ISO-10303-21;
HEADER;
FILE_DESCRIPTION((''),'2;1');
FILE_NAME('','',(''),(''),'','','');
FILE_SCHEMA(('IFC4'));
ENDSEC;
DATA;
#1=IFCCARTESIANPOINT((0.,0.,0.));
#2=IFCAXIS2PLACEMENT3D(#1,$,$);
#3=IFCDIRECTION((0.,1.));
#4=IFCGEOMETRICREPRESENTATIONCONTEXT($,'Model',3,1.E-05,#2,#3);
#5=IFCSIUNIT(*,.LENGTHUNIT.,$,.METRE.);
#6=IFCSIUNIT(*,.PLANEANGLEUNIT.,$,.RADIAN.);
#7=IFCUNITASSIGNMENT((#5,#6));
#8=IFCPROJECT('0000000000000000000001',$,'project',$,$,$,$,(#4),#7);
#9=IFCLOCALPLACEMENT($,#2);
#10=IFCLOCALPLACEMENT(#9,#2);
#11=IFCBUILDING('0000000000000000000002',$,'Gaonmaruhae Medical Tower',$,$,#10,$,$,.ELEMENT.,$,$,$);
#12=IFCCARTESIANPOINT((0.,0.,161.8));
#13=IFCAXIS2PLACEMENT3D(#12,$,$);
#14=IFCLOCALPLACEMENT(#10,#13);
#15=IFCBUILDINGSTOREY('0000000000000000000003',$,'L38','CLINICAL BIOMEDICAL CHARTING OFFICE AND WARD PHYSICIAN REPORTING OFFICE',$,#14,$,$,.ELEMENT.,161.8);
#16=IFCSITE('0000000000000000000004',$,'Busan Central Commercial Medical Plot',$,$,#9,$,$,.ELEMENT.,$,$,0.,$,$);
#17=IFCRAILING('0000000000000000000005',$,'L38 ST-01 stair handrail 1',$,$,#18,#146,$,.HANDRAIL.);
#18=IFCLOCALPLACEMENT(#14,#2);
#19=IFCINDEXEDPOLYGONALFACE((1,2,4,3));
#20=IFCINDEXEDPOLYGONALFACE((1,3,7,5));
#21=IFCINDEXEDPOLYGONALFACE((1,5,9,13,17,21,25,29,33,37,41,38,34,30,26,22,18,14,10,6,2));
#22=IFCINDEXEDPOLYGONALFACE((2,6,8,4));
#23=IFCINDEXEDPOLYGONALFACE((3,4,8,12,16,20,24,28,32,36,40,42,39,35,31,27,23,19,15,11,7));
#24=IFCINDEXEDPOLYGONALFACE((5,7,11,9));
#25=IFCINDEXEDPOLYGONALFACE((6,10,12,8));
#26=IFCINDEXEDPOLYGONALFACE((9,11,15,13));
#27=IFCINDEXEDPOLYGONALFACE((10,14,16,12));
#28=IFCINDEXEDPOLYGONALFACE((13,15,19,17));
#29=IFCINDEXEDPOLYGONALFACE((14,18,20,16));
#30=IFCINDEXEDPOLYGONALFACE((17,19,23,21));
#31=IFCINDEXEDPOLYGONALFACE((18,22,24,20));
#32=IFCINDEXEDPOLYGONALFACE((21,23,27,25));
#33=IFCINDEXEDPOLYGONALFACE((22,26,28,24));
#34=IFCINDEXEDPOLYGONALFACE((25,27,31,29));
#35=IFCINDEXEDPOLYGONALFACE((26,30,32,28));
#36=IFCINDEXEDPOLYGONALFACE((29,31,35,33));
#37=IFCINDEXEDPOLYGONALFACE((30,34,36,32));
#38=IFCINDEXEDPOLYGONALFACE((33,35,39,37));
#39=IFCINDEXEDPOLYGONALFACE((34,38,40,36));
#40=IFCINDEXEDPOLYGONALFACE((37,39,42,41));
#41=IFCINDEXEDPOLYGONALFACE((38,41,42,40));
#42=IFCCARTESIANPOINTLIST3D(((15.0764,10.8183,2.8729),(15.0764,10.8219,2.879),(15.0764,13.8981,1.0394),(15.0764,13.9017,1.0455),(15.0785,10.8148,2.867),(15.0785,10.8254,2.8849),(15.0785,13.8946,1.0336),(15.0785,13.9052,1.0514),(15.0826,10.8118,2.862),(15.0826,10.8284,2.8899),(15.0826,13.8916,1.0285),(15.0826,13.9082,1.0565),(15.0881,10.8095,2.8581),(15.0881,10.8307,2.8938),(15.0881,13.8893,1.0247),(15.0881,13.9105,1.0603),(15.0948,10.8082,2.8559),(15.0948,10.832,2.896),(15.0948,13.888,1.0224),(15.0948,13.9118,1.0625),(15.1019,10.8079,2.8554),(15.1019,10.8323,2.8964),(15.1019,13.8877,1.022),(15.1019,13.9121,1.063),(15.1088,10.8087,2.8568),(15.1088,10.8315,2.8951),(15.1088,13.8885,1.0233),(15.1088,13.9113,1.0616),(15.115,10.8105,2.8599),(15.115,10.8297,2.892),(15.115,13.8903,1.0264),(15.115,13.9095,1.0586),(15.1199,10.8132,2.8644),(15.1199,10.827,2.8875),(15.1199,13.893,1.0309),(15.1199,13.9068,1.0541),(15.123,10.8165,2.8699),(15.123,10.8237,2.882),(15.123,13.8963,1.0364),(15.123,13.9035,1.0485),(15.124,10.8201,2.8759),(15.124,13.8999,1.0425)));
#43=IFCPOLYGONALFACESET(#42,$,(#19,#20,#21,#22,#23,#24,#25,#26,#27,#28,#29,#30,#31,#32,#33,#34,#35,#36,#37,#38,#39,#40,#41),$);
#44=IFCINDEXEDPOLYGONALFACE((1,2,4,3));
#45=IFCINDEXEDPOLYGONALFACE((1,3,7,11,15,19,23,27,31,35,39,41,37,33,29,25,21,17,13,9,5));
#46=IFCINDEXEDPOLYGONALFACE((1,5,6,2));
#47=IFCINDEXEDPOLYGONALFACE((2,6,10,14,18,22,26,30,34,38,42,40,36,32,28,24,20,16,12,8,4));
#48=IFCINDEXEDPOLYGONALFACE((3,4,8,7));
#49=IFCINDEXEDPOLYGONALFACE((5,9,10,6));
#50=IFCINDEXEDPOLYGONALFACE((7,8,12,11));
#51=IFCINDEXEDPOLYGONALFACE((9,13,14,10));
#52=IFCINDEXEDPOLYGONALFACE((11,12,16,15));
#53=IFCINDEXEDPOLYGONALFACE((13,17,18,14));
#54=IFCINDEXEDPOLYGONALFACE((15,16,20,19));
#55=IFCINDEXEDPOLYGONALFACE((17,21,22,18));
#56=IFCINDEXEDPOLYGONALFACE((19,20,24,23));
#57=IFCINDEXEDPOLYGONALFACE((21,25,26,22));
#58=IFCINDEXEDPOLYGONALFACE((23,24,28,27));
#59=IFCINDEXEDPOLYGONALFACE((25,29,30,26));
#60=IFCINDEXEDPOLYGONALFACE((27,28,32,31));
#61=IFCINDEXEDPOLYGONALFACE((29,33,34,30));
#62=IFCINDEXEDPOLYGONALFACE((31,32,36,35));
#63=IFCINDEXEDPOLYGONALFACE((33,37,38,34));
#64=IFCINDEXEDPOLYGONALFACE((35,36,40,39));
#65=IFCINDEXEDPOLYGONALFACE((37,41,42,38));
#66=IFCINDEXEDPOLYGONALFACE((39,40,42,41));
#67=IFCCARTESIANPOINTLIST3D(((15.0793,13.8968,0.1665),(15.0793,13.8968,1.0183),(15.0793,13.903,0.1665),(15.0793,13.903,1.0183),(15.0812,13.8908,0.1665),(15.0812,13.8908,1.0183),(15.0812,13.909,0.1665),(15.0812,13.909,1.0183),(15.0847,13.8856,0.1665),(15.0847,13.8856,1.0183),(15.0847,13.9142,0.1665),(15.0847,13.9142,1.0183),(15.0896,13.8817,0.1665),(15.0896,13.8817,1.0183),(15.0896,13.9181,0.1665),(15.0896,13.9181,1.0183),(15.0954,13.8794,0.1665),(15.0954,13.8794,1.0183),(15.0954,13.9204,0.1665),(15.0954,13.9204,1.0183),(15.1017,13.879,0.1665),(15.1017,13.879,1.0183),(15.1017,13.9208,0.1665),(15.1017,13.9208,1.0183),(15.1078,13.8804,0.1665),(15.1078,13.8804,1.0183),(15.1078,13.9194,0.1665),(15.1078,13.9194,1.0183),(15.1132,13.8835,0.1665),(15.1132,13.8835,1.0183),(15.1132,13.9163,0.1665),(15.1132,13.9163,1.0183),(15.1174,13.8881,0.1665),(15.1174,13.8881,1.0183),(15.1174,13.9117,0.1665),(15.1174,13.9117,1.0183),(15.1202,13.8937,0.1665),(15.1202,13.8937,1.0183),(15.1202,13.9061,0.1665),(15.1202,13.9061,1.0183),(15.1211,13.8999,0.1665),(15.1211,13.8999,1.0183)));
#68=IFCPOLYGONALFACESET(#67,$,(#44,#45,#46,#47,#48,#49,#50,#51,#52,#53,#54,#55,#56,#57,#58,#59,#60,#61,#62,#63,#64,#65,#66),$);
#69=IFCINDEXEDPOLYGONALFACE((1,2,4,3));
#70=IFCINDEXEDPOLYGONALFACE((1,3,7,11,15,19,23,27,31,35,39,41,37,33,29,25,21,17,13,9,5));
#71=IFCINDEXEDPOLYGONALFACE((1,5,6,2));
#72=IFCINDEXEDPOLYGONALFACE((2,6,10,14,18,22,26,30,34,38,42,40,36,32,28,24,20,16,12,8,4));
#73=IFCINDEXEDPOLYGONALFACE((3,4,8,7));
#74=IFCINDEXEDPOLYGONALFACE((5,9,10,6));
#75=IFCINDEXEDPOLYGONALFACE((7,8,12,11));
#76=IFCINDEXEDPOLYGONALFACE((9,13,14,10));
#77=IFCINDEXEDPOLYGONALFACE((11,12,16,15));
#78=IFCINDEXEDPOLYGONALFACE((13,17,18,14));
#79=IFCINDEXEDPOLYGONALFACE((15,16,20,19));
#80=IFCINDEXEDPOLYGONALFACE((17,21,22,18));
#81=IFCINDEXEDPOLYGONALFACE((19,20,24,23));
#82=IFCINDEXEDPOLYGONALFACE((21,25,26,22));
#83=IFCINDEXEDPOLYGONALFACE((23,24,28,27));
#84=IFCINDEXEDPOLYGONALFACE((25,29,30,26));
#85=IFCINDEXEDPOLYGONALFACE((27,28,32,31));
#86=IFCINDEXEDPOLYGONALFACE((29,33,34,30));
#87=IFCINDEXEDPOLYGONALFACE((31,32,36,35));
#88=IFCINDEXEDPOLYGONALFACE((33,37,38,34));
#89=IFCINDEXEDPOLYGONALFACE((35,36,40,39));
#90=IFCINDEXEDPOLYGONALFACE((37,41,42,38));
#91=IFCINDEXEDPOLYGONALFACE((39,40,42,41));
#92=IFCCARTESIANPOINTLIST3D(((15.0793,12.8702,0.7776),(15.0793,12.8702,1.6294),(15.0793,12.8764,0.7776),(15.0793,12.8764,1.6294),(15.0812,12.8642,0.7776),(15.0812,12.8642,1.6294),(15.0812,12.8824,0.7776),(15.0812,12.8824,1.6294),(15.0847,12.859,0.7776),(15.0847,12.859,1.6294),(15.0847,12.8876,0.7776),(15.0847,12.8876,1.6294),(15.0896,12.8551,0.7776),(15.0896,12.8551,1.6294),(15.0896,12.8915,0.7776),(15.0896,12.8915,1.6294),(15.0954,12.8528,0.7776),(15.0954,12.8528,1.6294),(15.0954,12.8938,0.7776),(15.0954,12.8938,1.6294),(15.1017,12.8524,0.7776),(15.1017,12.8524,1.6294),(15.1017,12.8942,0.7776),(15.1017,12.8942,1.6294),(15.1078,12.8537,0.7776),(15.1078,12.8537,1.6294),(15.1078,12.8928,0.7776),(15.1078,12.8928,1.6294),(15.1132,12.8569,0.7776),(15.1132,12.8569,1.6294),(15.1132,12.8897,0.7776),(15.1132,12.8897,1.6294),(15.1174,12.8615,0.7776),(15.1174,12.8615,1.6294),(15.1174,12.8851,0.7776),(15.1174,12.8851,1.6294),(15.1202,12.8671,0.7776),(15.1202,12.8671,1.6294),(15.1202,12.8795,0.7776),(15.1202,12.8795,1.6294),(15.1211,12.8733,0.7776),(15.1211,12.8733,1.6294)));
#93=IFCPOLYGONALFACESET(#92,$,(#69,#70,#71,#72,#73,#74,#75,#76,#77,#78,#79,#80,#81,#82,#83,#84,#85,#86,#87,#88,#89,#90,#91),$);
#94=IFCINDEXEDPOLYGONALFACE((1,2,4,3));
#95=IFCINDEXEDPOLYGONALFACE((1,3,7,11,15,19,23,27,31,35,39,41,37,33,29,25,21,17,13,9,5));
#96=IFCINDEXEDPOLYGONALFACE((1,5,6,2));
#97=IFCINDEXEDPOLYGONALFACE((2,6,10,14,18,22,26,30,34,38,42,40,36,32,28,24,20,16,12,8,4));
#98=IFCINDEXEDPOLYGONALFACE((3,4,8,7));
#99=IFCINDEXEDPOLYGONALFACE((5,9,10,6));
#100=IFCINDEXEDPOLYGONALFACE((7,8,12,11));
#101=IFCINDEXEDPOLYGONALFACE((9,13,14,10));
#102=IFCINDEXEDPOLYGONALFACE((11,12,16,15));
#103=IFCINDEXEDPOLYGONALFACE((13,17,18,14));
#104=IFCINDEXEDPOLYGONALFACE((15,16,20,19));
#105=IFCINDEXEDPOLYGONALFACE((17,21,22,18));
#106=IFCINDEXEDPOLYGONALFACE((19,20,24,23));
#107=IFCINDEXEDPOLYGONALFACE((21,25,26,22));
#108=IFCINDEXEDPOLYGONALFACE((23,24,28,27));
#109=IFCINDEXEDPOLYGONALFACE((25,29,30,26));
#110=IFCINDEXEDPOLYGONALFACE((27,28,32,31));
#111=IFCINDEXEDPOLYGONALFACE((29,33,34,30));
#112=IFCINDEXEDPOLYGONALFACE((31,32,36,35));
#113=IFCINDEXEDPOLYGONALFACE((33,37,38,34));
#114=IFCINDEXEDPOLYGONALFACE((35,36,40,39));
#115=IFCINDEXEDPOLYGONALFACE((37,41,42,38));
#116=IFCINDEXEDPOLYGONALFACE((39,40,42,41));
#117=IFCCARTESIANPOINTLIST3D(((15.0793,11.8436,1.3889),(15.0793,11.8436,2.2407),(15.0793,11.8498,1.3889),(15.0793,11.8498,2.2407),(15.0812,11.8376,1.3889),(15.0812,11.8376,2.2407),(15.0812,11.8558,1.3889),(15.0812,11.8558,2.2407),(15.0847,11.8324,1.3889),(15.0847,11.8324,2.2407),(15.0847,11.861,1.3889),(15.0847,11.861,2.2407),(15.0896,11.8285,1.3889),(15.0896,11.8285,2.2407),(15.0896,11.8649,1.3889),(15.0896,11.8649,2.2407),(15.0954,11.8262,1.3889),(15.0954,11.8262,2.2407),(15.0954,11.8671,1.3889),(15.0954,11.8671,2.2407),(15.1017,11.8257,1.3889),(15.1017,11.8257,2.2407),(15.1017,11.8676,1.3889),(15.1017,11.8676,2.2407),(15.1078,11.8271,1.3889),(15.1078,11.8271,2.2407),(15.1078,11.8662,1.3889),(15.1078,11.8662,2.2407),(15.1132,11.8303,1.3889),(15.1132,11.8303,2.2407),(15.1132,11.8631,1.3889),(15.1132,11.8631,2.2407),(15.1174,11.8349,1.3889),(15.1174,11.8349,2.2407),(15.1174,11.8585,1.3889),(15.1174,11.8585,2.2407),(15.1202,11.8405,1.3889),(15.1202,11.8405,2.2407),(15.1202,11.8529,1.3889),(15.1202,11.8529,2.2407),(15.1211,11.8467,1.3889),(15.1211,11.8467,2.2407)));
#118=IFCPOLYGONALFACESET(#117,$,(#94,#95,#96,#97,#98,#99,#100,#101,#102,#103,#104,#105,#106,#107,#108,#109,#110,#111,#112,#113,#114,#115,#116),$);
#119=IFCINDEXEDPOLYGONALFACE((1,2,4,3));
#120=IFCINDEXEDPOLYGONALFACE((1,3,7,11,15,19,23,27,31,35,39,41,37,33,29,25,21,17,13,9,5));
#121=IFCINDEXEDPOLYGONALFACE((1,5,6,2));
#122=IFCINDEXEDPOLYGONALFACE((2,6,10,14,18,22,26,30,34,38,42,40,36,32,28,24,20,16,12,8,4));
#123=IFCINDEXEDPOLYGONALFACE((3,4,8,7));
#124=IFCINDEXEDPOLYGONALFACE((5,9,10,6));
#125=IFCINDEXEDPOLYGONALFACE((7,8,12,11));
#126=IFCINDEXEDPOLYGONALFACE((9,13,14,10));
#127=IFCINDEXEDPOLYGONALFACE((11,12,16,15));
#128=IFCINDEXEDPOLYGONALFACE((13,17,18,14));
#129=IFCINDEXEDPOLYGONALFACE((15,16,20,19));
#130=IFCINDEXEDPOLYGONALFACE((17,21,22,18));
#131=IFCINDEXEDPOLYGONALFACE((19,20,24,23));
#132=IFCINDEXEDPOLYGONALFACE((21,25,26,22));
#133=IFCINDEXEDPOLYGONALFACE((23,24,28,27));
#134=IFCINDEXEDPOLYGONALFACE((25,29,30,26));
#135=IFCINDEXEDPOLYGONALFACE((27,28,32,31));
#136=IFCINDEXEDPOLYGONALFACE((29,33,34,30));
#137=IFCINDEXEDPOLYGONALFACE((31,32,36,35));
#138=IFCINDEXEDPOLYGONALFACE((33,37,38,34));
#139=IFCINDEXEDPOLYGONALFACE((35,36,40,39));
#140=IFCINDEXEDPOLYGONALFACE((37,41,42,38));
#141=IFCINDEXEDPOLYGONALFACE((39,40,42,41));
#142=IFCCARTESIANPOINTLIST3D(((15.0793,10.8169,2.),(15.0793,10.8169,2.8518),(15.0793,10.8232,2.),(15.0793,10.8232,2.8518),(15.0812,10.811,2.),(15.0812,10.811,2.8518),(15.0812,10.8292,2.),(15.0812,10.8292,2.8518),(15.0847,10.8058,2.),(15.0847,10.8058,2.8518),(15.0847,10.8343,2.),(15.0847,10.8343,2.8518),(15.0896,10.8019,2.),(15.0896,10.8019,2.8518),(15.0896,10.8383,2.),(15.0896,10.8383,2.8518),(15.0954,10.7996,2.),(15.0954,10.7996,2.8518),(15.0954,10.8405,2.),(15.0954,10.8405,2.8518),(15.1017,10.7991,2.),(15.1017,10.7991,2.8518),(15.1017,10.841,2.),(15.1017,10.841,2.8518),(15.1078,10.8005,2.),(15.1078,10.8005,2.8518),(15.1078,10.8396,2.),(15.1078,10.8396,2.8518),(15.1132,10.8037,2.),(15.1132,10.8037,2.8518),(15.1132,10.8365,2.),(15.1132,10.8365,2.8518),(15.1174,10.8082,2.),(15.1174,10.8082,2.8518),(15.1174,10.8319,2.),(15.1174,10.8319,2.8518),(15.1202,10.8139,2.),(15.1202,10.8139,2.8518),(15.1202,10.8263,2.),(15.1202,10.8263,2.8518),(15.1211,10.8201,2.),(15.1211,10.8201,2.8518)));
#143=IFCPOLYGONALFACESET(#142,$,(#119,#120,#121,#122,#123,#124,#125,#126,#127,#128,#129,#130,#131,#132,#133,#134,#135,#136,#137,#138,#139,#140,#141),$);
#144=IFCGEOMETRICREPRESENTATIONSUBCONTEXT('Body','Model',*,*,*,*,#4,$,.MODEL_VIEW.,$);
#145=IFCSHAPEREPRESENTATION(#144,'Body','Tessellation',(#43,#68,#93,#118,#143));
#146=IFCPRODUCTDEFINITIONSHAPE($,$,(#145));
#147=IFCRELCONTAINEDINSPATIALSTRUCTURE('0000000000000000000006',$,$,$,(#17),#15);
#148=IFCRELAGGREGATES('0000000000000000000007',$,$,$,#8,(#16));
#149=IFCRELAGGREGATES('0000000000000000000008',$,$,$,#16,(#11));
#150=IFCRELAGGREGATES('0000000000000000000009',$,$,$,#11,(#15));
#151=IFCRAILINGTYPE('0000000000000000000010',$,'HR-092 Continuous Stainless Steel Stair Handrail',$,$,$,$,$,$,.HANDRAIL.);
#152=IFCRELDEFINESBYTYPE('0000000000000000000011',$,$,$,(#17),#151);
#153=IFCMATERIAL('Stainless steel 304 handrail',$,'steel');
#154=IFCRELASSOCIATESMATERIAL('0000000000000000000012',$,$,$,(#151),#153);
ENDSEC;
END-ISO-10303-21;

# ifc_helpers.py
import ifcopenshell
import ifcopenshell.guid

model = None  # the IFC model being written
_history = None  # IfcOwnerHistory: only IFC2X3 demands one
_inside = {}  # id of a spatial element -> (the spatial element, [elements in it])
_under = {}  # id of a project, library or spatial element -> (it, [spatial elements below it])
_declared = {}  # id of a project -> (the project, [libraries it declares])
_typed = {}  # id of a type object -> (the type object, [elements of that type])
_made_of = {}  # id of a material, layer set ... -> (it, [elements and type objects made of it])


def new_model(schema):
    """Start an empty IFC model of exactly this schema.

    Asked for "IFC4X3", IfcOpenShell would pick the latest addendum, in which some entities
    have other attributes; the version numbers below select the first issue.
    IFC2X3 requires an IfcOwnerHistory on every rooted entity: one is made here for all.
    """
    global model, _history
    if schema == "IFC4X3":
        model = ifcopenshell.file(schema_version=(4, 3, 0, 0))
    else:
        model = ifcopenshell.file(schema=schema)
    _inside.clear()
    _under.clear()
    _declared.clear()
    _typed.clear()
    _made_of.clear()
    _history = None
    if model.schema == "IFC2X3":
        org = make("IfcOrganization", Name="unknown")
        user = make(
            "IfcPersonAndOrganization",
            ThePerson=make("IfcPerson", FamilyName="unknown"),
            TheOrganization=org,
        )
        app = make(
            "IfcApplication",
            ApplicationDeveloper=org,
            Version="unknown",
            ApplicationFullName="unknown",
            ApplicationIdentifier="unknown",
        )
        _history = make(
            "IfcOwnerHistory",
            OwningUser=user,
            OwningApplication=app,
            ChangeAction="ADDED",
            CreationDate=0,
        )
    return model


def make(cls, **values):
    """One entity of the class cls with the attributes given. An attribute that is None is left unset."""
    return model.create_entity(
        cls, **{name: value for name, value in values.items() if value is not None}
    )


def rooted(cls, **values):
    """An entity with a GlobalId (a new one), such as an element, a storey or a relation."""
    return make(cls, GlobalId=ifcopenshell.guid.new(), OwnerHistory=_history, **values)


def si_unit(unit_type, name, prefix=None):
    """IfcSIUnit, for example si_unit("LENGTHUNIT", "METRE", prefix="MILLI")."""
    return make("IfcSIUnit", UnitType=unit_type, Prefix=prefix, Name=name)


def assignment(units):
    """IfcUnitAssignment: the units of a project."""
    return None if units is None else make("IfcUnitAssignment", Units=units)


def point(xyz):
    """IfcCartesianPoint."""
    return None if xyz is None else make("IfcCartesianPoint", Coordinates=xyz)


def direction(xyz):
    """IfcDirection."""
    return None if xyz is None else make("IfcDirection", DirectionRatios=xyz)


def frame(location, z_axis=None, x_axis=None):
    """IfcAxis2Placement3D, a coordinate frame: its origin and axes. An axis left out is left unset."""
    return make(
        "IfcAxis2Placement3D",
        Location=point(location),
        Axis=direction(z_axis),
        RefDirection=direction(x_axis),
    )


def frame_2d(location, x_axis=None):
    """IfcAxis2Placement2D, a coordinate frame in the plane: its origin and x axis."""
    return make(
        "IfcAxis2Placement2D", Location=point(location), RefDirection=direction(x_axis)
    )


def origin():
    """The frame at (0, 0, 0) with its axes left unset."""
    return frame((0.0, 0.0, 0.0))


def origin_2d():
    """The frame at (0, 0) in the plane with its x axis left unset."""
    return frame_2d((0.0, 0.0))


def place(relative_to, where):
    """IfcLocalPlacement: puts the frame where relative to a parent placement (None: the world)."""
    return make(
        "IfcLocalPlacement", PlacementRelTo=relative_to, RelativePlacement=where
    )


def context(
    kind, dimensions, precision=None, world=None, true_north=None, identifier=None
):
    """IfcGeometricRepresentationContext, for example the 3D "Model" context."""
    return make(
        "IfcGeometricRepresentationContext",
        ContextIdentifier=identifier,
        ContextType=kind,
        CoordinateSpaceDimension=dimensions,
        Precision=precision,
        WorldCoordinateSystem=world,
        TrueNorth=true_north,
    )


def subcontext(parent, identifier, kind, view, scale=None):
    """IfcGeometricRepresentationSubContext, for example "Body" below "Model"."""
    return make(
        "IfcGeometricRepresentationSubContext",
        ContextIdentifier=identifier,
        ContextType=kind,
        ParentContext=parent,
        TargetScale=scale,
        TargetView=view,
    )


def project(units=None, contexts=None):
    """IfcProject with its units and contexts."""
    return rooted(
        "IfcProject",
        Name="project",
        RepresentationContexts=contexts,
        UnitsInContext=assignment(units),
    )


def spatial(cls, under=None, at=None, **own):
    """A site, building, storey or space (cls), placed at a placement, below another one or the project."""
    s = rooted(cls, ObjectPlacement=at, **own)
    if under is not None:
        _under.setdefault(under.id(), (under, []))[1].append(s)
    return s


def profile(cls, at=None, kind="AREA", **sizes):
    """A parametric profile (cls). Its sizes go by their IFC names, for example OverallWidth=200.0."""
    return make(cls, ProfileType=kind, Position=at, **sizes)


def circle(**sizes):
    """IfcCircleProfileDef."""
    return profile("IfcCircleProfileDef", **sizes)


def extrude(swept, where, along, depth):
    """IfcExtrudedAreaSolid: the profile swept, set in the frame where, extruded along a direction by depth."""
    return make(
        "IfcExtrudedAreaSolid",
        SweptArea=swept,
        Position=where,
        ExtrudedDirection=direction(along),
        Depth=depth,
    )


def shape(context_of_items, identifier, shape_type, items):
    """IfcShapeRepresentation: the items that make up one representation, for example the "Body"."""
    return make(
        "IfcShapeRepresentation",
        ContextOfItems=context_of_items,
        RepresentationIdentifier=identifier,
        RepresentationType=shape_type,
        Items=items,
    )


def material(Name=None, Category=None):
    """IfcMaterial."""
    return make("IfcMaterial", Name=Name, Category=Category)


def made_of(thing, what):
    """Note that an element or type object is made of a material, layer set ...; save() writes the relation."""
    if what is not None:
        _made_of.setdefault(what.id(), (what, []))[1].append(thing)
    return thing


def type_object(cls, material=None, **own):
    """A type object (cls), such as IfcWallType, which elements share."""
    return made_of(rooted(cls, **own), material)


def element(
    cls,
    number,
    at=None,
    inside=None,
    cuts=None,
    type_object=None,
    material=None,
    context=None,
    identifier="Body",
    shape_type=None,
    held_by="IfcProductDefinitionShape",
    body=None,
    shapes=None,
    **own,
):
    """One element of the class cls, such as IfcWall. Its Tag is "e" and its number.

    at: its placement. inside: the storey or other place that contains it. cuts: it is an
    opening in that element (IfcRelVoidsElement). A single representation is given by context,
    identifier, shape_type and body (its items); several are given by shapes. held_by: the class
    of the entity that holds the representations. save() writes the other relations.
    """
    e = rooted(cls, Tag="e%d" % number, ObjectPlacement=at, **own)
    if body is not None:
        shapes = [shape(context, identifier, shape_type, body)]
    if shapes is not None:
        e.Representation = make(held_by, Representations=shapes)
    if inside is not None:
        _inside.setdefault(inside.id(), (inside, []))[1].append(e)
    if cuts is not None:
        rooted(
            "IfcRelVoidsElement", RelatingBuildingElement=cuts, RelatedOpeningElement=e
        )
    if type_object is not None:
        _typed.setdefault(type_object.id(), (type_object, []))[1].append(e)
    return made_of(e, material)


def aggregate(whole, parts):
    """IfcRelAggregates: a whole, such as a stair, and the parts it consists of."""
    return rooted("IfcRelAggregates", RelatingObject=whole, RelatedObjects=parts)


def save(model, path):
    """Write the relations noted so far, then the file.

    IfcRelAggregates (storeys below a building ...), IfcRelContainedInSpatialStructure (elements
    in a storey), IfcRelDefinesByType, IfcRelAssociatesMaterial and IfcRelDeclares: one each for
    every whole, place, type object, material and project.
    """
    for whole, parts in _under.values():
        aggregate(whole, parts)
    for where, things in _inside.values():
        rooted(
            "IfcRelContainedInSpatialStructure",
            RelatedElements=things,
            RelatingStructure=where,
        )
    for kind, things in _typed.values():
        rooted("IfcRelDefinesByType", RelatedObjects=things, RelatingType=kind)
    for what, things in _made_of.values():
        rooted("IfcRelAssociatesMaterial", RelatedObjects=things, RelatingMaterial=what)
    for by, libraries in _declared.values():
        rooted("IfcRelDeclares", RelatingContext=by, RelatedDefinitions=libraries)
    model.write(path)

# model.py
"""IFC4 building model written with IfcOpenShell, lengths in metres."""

from ifc_helpers import new_model, si_unit, direction, frame, origin, origin_2d, place, context, subcontext, project, spatial, circle, extrude, material, type_object, element, save


model = new_model("IFC4")

# Units and contexts
model_context = context("Model", 3, precision=1e-05, world=origin(), true_north=direction((0.0, 1.0)))
body_context = subcontext(model_context, "Body", "Model", "MODEL_VIEW")
ifc_project = project(units=[si_unit("LENGTHUNIT", "METRE"), si_unit("PLANEANGLEUNIT", "RADIAN")], contexts=[model_context])

# Site, building, storey
site_placement = place(None, origin())
site = spatial("IfcSite", under=ifc_project, at=site_placement, Name="Busan Central Commercial Medical Plot", CompositionType="ELEMENT", RefElevation=0.0)
building_placement = place(site_placement, origin())
building = spatial("IfcBuilding", under=site, at=building_placement, Name="Gaonmaruhae Medical Tower", CompositionType="ELEMENT")
storey_placement = place(building_placement, frame((0.0, 0.0, 161.8)))
storey = spatial("IfcBuildingStorey", under=building, at=storey_placement, Name="L38", Description="CLINICAL BIOMEDICAL CHARTING OFFICE AND WARD PHYSICIAN REPORTING OFFICE", CompositionType="ELEMENT", Elevation=161.8)

# Railing
ifc_material_1 = material(Name="Stainless steel 304 handrail", Category="steel")
railing_type_1 = type_object("IfcRailingType", Name="HR-092 Continuous Stainless Steel Stair Handrail", PredefinedType="HANDRAIL", material=ifc_material_1)
railing_1_placement = place(storey_placement, frame((15.1001, 13.8999, 0.1665)))
element("IfcRailing", 1, at=railing_1_placement, inside=storey, type_object=railing_type_1, Name="L38 ST-01 stair handrail 1", PredefinedType="HANDRAIL", context=body_context, shape_type="SweptSolid", body=[
    extrude(circle(Radius=0.0239, at=origin_2d()), frame((0.0, 0.0, 0.876), z_axis=(0.0, -0.859261, 0.511538), x_axis=(1.0, 0.0, 0.0)), (0.0, 0.0, 1.0), 3.5842),
    extrude(circle(Radius=0.021, at=origin_2d()), origin(), (0.0, 0.0, 1.0), 0.8518),
    extrude(circle(Radius=0.021, at=origin_2d()), frame((0.0, -1.0266, 0.6111)), (0.0, 0.0, 1.0), 0.8518),
    extrude(circle(Radius=0.021, at=origin_2d()), frame((0.0, -2.0532, 1.2224)), (0.0, 0.0, 1.0), 0.8518),
    extrude(circle(Radius=0.021, at=origin_2d()), frame((0.0, -3.0798, 1.8335)), (0.0, 0.0, 1.0), 0.8518),
])

save(model, "model.ifc")
